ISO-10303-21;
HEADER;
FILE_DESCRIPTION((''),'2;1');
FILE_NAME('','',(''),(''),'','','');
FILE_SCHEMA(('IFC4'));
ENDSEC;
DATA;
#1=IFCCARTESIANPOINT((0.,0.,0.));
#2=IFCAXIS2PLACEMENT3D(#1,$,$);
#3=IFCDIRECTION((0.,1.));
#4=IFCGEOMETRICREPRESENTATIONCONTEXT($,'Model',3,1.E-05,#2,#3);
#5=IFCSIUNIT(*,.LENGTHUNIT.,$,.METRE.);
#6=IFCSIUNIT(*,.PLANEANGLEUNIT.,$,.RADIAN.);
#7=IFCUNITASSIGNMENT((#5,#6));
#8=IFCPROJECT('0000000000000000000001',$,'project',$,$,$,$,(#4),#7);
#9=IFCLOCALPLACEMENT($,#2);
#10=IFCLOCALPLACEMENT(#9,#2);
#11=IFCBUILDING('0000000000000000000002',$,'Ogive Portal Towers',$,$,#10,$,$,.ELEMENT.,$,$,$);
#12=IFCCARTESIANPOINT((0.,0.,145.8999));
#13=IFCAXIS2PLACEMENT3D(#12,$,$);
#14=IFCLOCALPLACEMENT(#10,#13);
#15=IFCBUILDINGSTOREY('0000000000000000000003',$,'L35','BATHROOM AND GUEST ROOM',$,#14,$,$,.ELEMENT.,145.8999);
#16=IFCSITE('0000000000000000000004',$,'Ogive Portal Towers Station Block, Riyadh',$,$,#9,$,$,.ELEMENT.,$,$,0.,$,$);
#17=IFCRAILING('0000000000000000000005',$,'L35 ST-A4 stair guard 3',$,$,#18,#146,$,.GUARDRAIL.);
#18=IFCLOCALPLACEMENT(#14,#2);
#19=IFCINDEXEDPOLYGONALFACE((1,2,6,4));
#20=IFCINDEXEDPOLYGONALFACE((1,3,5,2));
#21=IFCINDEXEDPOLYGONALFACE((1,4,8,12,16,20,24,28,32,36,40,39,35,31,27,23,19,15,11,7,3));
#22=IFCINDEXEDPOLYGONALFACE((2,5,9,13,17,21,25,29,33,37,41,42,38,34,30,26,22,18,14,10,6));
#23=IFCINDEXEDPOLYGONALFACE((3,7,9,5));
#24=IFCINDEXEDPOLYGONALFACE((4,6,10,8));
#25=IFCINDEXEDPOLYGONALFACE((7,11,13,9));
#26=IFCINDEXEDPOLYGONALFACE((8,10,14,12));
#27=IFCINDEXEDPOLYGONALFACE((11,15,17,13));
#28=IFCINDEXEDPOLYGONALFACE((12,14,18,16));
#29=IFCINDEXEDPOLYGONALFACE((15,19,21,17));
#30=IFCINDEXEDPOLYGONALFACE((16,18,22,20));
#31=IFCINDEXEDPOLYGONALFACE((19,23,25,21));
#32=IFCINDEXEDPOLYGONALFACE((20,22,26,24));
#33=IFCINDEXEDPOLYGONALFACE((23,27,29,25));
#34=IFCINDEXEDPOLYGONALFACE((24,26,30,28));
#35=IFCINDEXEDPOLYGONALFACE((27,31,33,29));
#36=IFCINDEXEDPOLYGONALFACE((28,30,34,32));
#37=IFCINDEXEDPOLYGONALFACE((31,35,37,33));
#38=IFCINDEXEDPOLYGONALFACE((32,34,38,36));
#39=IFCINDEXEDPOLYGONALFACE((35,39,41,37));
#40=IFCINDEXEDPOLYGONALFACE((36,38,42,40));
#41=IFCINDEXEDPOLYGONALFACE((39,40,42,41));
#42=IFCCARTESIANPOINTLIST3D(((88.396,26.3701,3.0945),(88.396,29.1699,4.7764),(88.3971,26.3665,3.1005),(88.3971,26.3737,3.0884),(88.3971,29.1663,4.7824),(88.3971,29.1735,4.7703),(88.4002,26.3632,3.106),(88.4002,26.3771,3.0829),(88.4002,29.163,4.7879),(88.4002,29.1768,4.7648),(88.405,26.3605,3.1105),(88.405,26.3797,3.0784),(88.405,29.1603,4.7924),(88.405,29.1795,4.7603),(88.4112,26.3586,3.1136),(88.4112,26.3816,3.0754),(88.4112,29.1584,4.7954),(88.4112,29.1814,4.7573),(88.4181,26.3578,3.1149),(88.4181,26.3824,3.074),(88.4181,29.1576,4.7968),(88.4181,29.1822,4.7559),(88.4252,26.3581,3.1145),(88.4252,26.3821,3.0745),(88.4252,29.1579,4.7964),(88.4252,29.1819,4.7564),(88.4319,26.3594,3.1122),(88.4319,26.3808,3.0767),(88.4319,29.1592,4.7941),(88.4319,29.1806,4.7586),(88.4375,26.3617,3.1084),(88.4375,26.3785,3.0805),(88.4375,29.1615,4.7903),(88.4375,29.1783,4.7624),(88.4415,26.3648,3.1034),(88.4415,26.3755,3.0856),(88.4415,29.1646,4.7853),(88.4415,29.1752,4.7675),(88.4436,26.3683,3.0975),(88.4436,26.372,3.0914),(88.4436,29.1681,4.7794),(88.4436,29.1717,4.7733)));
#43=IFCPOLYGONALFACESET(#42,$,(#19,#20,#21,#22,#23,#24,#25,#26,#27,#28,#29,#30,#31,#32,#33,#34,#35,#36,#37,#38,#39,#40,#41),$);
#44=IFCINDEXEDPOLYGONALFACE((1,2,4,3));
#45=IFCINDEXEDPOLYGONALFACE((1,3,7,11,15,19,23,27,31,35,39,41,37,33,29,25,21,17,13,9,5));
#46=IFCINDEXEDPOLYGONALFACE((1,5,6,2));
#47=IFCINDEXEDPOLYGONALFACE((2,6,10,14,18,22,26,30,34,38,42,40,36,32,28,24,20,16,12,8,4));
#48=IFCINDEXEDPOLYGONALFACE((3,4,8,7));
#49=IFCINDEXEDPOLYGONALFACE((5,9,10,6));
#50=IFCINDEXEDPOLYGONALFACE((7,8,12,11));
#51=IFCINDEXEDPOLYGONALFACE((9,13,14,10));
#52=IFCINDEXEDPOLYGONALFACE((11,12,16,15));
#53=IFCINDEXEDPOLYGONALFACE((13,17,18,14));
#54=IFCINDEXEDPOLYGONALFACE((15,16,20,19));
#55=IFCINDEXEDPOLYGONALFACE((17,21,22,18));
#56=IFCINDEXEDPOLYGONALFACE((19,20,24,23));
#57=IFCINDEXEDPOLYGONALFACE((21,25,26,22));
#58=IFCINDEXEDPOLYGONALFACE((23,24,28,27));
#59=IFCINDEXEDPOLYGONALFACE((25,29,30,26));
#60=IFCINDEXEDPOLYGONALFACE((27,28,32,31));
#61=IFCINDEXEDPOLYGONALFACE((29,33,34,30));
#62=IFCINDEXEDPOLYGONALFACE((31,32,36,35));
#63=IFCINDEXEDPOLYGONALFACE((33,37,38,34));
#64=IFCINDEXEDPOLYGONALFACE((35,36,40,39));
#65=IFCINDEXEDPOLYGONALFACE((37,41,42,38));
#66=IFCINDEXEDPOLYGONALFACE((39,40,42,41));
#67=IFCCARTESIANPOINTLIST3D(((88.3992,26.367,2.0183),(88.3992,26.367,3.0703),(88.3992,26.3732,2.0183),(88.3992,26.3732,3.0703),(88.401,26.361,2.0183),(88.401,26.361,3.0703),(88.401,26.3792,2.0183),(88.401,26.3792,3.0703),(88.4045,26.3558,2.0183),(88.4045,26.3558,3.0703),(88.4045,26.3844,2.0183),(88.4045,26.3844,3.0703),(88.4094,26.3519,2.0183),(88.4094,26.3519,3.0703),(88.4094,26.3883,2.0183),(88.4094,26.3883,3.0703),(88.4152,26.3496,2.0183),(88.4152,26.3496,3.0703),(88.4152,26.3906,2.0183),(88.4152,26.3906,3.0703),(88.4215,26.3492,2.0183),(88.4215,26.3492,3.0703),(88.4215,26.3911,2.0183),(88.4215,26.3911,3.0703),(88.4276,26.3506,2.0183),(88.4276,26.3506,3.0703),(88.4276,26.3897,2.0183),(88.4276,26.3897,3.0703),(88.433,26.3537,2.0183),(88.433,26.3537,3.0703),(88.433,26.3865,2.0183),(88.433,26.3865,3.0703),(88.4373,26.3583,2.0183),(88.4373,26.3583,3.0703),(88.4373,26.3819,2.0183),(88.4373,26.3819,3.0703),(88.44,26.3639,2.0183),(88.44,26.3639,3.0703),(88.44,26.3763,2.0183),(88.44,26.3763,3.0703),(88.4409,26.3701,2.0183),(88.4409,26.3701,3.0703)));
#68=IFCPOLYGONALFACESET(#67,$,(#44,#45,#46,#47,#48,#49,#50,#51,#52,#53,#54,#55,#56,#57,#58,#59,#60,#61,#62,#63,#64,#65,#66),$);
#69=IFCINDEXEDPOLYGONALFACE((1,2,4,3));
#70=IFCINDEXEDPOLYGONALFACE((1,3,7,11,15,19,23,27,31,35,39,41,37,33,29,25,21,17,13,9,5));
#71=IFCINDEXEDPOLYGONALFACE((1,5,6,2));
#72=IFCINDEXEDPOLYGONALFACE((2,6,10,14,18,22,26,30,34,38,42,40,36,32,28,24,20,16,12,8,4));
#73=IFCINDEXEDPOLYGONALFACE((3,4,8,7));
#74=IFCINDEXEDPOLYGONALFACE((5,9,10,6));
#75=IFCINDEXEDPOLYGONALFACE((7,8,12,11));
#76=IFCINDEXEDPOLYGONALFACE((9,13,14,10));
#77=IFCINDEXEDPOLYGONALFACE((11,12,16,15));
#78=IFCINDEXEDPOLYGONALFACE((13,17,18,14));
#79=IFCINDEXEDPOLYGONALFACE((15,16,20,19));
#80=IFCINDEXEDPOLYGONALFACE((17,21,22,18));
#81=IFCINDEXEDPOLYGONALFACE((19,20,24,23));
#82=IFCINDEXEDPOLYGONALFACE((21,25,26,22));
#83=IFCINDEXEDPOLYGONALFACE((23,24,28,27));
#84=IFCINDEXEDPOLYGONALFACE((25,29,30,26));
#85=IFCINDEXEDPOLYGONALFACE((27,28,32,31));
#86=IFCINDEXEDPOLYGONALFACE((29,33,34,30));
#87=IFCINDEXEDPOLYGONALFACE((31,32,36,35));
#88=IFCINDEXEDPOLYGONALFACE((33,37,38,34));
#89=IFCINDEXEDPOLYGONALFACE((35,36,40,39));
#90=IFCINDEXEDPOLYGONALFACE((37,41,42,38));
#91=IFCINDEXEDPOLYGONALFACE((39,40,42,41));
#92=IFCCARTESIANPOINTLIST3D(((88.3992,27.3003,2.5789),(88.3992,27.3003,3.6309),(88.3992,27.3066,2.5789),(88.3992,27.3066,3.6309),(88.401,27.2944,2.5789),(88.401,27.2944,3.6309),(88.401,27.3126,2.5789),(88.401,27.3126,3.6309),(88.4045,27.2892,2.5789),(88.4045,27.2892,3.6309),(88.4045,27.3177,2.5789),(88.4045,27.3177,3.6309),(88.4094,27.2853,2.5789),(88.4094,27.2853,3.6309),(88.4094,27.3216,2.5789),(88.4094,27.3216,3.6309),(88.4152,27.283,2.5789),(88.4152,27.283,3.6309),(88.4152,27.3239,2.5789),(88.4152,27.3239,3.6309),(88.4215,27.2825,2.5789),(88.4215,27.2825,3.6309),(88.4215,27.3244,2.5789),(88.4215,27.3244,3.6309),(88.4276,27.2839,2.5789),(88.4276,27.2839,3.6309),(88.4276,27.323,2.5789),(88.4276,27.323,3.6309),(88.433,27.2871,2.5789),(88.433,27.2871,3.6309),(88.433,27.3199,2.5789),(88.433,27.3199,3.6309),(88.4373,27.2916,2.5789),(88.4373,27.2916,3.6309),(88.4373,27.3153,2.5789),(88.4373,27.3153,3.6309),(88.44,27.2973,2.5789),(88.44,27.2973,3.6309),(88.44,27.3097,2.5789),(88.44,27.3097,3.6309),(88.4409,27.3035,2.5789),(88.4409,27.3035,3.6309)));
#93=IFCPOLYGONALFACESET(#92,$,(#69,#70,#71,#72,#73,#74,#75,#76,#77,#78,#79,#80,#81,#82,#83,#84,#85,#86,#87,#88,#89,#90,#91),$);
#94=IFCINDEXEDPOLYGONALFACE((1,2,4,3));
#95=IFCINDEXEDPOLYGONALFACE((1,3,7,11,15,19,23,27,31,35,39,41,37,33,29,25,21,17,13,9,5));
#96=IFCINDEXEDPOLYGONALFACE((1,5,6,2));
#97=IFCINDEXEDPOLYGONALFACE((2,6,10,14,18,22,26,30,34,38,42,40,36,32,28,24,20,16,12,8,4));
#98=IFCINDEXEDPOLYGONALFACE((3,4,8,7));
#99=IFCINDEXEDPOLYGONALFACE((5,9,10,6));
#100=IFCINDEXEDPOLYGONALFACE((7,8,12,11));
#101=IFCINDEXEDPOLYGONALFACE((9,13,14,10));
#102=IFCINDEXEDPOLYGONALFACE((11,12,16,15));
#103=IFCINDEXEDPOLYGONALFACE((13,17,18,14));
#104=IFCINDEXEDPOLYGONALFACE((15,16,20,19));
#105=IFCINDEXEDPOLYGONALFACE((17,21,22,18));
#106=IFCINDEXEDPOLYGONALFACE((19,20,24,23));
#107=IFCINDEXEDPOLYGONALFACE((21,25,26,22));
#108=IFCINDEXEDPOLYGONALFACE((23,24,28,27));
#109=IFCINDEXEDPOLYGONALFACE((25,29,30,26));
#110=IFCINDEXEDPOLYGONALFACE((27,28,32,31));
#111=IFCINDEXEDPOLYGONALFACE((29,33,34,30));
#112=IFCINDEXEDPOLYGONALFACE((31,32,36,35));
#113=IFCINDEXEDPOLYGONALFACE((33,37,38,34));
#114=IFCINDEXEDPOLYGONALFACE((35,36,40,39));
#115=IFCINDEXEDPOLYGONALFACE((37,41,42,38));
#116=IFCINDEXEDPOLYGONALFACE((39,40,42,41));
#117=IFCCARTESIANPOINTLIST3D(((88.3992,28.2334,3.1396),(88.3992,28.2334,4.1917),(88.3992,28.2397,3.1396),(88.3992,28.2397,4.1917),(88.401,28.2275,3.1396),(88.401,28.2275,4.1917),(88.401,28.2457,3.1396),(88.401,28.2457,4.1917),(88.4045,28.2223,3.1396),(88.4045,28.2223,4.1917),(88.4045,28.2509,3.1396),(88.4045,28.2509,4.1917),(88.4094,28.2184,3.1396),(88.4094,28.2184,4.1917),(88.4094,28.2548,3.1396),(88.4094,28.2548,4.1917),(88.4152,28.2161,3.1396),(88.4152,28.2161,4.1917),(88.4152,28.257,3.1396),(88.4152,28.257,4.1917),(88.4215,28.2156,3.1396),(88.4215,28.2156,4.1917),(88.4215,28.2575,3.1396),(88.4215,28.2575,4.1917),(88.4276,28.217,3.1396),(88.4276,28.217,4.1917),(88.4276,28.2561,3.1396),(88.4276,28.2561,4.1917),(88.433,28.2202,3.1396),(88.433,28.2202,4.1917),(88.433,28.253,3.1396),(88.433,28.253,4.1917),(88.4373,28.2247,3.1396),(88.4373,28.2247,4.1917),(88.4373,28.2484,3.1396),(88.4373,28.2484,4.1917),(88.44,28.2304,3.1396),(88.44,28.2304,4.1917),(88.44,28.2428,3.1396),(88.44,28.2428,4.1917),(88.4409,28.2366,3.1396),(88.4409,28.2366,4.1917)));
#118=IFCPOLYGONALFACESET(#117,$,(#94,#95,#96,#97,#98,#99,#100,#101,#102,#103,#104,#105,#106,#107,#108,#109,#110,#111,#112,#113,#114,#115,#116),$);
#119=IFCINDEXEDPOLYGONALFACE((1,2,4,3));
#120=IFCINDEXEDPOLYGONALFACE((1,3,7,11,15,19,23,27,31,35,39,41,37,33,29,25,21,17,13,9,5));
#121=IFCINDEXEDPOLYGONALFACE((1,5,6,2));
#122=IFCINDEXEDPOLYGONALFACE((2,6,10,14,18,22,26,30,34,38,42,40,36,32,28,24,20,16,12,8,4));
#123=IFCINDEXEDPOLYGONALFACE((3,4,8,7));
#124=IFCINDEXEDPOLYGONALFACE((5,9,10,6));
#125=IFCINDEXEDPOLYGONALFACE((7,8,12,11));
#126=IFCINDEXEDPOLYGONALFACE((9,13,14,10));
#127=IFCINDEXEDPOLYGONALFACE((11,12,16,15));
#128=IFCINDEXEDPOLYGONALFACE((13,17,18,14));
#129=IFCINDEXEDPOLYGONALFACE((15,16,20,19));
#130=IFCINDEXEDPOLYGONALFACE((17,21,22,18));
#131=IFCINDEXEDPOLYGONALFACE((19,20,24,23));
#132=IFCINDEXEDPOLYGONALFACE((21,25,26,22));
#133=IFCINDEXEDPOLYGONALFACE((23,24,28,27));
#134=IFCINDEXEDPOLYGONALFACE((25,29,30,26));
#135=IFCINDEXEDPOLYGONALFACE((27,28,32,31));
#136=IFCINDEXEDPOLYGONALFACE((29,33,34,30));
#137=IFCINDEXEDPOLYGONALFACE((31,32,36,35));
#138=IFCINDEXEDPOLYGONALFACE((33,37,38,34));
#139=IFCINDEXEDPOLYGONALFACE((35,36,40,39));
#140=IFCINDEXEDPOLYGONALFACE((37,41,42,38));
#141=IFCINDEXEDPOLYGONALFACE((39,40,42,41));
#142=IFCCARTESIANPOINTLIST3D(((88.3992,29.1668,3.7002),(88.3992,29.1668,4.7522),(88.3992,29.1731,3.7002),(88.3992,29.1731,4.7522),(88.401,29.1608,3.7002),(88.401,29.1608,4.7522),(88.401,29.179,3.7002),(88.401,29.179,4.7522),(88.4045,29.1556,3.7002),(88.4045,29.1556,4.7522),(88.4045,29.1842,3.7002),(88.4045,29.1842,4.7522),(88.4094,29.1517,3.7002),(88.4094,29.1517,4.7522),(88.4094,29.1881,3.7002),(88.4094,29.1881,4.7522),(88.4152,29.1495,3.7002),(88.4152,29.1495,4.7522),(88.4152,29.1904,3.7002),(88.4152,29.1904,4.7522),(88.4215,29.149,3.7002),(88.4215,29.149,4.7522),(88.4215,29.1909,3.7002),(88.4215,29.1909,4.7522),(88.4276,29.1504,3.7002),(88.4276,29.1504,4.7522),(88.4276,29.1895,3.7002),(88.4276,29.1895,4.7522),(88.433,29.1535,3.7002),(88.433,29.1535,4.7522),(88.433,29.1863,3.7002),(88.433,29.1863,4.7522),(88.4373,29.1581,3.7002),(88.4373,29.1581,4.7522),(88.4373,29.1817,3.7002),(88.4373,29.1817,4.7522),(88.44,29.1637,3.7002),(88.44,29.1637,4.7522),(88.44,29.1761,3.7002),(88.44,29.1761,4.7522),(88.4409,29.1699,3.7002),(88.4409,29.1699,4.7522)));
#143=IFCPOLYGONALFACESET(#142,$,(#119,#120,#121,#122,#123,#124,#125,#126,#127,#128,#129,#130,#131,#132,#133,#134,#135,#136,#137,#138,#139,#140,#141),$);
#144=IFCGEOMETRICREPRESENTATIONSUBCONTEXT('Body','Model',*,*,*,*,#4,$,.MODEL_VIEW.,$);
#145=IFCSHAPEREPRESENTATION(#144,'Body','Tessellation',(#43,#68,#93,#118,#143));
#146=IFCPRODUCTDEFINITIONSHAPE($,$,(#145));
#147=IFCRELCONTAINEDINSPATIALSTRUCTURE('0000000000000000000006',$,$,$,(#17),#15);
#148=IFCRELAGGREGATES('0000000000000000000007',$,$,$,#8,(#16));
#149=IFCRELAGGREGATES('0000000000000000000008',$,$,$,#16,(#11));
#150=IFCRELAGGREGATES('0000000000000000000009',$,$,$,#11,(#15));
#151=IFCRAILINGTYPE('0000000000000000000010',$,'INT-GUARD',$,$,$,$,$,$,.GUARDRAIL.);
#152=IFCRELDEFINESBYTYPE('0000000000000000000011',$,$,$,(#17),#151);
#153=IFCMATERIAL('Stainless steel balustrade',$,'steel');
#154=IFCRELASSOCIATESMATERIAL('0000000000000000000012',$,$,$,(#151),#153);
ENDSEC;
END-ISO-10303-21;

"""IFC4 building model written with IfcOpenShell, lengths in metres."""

from ifc_helpers import new_model, si_unit, direction, frame, origin, origin_2d, place, context, subcontext, project, spatial, circle, extrude, material, type_object, element, save


model = new_model("IFC4")

# Units and contexts
model_context = context("Model", 3, precision=1e-05, world=origin(), true_north=direction((0.0, 1.0)))
body_context = subcontext(model_context, "Body", "Model", "MODEL_VIEW")
ifc_project = project(units=[si_unit("LENGTHUNIT", "METRE"), si_unit("PLANEANGLEUNIT", "RADIAN")], contexts=[model_context])

# Site, building, storey
site_placement = place(None, origin())
site = spatial("IfcSite", under=ifc_project, at=site_placement, Name="Ogive Portal Towers Station Block, Riyadh", CompositionType="ELEMENT", RefElevation=0.0)
building_placement = place(site_placement, origin())
building = spatial("IfcBuilding", under=site, at=building_placement, Name="Ogive Portal Towers", CompositionType="ELEMENT")
storey_placement = place(building_placement, frame((0.0, 0.0, 145.8999)))
storey = spatial("IfcBuildingStorey", under=building, at=storey_placement, Name="L35", Description="BATHROOM AND GUEST ROOM", CompositionType="ELEMENT", Elevation=145.8999)

# Railing
ifc_material_1 = material(Name="Stainless steel balustrade", Category="steel")
railing_type_1 = type_object("IfcRailingType", Name="INT-GUARD", PredefinedType="GUARDRAIL", material=ifc_material_1)
railing_1_placement = place(storey_placement, frame((88.4199, 26.3701, 2.0183)))
element("IfcRailing", 1, at=railing_1_placement, inside=storey, type_object=railing_type_1, Name="L35 ST-A4 stair guard 3", PredefinedType="GUARDRAIL", context=body_context, shape_type="SweptSolid", body=[
    extrude(circle(Radius=0.0239, at=origin_2d()), frame((0.0, 0.0, 1.0762), z_axis=(0.0, 0.857222, 0.514946), x_axis=(-1.0, 0.0, 0.0)), (0.0, 0.0, 1.0), 3.2661),
    extrude(circle(Radius=0.021, at=origin_2d()), origin(), (0.0, 0.0, 1.0), 1.052),
    extrude(circle(Radius=0.021, at=origin_2d()), frame((0.0, 0.9333, 0.5605)), (0.0, 0.0, 1.0), 1.052),
    extrude(circle(Radius=0.021, at=origin_2d()), frame((0.0, 1.8665, 1.1213)), (0.0, 0.0, 1.0), 1.052),
    extrude(circle(Radius=0.021, at=origin_2d()), frame((0.0, 2.7998, 1.6819)), (0.0, 0.0, 1.0), 1.052),
])

save(model, "model.ifc")
